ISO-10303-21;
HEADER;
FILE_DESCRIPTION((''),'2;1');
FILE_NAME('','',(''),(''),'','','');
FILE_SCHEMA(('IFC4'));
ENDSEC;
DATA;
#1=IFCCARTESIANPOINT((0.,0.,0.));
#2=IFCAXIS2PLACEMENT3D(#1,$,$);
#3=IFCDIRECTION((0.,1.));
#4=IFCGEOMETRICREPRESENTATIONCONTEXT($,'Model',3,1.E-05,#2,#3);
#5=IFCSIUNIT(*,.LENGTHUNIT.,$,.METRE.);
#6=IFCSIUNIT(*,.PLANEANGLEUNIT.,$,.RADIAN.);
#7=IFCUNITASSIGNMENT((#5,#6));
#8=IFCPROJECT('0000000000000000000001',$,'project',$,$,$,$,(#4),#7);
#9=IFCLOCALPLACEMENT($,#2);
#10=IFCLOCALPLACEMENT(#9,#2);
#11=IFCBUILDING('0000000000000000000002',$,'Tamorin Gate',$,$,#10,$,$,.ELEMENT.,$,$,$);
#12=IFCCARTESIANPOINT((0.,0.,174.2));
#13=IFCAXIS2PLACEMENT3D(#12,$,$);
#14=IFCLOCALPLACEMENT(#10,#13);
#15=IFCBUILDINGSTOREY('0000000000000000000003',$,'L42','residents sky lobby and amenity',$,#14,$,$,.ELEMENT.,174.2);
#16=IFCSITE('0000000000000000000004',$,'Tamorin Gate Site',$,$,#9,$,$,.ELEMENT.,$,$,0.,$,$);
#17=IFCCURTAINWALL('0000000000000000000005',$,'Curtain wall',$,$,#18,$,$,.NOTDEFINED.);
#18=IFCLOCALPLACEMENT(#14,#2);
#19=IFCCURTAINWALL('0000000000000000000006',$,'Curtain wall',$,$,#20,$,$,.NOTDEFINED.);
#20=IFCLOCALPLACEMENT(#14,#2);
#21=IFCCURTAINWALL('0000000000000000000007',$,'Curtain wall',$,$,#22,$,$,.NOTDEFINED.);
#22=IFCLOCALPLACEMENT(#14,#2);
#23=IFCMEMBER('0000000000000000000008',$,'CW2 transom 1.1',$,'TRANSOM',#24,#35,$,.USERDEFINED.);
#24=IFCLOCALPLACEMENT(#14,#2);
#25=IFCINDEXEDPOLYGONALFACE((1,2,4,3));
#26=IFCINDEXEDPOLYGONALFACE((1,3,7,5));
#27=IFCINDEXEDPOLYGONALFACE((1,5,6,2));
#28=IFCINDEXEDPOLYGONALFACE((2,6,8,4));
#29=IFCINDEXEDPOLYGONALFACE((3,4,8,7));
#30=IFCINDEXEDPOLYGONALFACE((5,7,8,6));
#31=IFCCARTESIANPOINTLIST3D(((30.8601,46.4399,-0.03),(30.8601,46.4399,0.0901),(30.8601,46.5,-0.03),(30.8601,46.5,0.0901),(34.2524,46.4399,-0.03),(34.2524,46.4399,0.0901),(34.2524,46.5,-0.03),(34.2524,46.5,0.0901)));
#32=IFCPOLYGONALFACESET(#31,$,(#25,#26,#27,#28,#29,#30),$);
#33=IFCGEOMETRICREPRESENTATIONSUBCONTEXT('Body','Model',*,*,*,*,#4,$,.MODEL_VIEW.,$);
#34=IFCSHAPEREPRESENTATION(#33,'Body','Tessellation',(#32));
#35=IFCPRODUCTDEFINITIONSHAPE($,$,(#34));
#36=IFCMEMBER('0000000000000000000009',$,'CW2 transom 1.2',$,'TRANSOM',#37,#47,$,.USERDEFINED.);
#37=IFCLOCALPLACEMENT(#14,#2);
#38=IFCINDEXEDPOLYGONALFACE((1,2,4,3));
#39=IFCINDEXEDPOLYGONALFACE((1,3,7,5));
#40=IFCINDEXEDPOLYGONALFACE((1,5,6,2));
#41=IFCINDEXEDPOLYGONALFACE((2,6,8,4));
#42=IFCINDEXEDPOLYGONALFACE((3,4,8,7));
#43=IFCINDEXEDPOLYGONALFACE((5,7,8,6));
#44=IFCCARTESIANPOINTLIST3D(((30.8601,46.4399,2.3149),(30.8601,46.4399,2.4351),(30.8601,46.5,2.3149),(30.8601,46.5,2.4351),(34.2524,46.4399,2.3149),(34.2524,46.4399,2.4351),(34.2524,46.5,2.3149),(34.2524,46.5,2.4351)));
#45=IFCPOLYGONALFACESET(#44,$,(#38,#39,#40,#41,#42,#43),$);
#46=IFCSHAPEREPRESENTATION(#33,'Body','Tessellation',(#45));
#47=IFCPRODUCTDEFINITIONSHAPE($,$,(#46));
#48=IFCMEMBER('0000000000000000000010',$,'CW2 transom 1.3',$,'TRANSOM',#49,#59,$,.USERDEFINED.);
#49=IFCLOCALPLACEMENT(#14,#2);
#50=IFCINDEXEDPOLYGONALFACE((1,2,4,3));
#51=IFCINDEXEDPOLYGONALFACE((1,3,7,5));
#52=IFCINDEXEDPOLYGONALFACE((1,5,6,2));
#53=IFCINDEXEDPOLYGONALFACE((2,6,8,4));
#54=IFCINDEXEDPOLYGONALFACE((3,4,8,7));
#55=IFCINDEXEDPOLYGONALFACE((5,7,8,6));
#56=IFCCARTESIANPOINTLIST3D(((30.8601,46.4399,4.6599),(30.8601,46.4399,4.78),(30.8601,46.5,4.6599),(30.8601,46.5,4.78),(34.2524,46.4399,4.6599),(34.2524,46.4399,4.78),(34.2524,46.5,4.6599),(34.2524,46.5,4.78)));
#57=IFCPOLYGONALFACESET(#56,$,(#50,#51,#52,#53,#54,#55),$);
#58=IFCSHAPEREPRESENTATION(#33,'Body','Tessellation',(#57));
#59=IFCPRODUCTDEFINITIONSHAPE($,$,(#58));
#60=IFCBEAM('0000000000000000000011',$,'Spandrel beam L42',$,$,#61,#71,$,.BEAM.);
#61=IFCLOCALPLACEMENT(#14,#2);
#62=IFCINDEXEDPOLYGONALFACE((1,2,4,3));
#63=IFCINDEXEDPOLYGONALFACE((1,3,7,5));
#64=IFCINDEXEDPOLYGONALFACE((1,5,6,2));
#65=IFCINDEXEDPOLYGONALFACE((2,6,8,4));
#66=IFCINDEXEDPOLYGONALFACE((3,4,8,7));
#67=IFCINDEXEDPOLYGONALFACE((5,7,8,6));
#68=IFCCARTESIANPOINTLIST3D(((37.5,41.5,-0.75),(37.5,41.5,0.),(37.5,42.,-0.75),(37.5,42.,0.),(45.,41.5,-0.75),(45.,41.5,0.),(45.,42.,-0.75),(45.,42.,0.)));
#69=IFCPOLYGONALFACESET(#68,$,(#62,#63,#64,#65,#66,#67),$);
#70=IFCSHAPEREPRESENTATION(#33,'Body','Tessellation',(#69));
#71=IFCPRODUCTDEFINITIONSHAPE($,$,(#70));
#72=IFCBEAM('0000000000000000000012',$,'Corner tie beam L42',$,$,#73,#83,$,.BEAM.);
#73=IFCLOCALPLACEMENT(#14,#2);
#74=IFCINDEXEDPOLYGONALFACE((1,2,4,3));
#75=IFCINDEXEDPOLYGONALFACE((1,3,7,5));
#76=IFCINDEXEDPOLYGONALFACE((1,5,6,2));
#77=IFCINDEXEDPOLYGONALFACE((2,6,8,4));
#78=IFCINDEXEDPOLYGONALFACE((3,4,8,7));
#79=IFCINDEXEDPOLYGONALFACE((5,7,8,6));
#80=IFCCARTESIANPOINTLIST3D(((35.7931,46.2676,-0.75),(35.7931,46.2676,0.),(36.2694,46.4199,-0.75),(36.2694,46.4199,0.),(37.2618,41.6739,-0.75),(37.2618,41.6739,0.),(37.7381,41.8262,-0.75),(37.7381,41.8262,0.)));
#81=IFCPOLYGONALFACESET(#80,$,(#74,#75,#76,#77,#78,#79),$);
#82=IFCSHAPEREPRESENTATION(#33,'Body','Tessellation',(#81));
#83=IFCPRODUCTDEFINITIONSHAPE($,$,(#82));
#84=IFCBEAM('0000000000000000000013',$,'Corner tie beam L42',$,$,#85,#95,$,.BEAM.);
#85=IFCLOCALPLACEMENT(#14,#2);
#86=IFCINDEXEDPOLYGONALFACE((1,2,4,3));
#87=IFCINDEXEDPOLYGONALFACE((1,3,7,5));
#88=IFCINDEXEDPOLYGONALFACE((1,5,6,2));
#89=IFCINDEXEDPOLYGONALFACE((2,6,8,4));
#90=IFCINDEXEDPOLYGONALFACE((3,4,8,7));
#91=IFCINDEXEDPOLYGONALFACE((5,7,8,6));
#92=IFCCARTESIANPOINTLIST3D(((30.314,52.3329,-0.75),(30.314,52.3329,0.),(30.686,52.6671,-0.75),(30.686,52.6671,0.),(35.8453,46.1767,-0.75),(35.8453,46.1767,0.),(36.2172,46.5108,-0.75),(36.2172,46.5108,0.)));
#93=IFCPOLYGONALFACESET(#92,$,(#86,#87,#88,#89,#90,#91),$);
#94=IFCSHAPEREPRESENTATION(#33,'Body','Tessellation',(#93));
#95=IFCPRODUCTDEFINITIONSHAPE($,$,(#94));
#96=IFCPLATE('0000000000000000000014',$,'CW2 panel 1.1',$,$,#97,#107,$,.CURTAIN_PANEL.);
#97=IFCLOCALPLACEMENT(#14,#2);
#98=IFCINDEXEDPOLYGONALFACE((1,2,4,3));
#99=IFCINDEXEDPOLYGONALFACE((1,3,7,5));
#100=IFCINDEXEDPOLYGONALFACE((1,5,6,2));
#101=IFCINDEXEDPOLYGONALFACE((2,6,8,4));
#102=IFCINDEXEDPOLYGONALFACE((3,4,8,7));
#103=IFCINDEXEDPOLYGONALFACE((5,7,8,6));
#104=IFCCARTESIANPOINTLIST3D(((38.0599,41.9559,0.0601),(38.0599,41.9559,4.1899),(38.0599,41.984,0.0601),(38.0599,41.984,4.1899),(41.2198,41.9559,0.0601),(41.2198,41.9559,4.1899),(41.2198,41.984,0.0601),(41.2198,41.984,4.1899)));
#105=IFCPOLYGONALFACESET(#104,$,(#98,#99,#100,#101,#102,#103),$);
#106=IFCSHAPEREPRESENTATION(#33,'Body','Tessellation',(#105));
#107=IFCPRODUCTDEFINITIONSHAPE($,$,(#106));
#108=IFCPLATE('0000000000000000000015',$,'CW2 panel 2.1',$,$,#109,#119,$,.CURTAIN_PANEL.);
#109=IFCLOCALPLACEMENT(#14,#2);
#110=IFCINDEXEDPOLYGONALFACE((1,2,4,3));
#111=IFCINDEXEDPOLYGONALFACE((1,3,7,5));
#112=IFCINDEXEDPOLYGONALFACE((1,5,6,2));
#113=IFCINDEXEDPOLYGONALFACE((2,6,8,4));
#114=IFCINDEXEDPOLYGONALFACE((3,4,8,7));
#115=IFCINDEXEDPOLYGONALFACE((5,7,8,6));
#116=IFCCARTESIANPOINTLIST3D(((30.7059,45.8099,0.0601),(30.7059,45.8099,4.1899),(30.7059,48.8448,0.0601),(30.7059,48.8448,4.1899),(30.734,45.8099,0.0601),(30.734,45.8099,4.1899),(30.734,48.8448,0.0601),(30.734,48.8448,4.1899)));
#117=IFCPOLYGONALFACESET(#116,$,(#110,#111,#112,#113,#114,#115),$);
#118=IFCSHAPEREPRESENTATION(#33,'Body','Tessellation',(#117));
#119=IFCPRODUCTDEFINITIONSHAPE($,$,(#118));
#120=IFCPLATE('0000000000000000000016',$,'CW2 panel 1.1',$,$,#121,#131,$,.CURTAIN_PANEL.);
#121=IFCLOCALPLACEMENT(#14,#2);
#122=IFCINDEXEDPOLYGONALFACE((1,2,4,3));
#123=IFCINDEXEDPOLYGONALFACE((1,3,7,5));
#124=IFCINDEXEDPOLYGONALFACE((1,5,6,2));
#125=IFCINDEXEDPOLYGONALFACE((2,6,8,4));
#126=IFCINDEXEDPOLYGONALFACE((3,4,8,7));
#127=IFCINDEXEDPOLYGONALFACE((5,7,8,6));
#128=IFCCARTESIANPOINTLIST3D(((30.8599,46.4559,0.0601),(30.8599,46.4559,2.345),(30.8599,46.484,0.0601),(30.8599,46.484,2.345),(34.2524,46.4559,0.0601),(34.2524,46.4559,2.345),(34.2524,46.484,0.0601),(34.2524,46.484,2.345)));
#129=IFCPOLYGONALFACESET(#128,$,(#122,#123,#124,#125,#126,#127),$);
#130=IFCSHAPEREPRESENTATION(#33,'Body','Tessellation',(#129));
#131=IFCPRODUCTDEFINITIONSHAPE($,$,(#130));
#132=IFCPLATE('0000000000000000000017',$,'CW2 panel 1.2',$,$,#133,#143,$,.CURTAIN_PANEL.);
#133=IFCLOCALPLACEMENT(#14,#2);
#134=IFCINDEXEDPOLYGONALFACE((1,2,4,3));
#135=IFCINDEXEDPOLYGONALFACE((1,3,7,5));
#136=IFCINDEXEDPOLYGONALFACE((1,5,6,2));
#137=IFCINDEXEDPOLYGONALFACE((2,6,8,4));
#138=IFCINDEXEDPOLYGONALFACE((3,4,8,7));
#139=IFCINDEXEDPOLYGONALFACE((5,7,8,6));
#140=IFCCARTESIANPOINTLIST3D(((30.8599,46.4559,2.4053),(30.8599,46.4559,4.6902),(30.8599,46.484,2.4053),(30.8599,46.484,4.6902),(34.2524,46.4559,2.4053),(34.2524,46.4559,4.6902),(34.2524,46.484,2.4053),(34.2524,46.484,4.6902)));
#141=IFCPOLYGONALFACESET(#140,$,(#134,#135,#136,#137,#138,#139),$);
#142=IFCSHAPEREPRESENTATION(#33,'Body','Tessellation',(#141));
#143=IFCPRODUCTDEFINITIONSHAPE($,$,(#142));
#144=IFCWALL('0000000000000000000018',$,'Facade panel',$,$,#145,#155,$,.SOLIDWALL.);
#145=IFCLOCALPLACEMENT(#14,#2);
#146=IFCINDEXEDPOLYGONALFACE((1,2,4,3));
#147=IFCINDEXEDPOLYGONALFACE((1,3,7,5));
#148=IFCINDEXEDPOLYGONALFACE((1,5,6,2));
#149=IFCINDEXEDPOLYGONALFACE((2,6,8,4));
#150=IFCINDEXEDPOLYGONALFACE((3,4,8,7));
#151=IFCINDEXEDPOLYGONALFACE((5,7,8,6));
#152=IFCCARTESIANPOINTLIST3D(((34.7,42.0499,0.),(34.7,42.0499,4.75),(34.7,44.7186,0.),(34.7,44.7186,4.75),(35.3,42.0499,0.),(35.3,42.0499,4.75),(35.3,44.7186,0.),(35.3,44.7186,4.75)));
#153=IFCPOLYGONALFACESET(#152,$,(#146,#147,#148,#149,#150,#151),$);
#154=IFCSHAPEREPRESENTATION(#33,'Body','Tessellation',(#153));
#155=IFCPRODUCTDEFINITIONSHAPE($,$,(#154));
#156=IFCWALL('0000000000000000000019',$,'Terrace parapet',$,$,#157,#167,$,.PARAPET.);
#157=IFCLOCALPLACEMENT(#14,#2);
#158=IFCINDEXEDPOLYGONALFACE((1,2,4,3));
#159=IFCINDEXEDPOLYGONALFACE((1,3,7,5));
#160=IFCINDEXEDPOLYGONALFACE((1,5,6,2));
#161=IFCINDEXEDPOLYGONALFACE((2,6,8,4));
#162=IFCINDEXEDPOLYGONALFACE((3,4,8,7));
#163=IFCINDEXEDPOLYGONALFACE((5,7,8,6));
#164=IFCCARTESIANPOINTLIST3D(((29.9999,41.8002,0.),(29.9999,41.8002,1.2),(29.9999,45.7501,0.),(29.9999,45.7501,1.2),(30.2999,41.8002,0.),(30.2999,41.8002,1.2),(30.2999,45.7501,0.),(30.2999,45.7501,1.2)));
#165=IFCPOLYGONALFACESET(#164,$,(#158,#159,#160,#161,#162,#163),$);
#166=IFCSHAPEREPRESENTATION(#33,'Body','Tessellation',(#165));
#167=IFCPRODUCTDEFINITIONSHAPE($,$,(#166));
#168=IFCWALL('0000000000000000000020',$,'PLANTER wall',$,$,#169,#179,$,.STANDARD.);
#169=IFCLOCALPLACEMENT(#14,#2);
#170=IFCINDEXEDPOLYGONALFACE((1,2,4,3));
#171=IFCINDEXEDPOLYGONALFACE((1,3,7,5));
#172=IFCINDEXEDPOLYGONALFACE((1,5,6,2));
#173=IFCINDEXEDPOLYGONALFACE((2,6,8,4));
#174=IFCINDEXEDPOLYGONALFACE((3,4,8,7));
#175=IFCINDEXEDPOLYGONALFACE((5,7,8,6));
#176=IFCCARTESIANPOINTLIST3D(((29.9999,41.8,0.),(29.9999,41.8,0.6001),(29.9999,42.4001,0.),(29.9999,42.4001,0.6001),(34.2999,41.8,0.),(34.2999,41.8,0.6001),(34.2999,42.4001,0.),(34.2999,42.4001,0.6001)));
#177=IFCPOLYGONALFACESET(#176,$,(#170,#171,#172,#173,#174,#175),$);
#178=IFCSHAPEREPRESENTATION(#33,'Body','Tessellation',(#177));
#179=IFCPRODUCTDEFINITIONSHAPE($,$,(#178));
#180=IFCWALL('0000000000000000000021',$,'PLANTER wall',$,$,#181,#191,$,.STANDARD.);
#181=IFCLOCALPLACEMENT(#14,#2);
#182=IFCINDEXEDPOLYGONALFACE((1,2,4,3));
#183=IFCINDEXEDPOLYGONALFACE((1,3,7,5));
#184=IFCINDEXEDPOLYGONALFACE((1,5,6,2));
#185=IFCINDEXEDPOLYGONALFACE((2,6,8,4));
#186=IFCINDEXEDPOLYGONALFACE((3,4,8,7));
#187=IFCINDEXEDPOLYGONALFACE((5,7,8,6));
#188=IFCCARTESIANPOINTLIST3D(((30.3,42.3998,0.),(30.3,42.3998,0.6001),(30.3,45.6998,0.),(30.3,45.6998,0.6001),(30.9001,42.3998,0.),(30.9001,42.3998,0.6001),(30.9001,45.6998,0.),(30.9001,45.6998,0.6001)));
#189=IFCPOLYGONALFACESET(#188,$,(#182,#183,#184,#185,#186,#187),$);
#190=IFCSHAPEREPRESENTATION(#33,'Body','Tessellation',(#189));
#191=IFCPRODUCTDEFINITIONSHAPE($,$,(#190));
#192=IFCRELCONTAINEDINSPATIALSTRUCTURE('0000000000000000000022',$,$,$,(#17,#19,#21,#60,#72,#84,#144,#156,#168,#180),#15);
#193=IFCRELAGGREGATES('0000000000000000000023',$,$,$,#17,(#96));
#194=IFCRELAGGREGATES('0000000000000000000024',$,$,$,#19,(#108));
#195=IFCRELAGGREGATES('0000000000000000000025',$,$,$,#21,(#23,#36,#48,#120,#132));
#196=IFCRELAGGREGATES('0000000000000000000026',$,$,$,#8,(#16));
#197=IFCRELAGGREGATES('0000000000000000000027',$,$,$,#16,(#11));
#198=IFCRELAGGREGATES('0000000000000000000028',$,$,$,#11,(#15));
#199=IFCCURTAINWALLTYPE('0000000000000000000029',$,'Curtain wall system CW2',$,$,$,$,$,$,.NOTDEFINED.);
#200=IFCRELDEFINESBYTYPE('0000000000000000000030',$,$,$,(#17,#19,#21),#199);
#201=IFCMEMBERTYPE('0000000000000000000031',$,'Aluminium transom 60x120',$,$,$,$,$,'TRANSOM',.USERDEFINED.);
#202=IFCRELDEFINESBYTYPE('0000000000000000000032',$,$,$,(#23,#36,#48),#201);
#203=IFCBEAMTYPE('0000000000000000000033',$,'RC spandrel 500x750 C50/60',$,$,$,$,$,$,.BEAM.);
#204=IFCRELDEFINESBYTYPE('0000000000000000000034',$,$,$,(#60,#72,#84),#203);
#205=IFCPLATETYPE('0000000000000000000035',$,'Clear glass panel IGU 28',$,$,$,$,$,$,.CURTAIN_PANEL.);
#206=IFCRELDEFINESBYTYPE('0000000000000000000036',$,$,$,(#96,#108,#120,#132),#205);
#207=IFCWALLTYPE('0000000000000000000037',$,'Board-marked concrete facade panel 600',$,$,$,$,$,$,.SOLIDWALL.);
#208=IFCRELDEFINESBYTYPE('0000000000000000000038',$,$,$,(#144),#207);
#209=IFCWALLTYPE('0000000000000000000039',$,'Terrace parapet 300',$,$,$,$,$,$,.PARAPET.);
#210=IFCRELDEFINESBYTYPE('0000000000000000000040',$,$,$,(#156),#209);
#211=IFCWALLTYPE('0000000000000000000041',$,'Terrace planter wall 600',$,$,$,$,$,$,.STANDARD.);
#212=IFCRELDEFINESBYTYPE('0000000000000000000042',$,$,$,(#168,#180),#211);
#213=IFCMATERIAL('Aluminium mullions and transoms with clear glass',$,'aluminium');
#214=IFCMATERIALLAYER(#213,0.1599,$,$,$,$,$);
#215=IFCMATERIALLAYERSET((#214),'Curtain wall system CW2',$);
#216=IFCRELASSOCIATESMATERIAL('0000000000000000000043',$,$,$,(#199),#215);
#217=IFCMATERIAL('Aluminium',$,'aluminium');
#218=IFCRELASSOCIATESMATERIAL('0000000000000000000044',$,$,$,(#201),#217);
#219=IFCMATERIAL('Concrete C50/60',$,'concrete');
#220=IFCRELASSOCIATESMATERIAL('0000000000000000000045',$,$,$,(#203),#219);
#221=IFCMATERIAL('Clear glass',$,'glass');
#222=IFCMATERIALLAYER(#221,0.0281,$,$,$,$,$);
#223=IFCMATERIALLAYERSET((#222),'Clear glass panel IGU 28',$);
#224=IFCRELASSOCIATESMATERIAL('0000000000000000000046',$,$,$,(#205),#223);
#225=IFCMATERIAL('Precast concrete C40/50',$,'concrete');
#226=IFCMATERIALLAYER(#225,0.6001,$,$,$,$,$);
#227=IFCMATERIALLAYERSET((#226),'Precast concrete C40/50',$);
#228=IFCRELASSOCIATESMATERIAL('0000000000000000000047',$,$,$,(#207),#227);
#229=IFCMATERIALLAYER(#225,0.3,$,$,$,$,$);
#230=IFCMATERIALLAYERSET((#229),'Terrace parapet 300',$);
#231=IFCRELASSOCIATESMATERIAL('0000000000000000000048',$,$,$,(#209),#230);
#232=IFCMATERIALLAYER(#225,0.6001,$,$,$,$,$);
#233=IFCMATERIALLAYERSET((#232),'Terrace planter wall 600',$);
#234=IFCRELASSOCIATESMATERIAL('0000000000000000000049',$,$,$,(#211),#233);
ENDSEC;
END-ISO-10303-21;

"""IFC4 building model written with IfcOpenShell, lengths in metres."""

from ifc_helpers import new_model, si_unit, direction, frame, frame_2d, origin, origin_2d, place, context, subcontext, project, spatial, rectangle, extrude, material, layer, layer_set, material_profile, profile_set, type_object, element, aggregate, save


model = new_model("IFC4")

# Units and contexts
model_context = context("Model", 3, precision=1e-05, world=origin(), true_north=direction((0.0, 1.0)))
body_context = subcontext(model_context, "Body", "Model", "MODEL_VIEW")
ifc_project = project(units=[si_unit("LENGTHUNIT", "METRE"), si_unit("PLANEANGLEUNIT", "RADIAN")], contexts=[model_context])

# Site, building, storey
site_placement = place(None, origin())
site = spatial("IfcSite", under=ifc_project, at=site_placement, Name="Tamorin Gate Site", CompositionType="ELEMENT", RefElevation=0.0)
building_placement = place(site_placement, origin())
building = spatial("IfcBuilding", under=site, at=building_placement, Name="Tamorin Gate", CompositionType="ELEMENT")
storey_placement = place(building_placement, frame((0.0, 0.0, 174.2)))
storey = spatial("IfcBuildingStorey", under=building, at=storey_placement, Name="L42", Description="residents sky lobby and amenity", CompositionType="ELEMENT", Elevation=174.2)

# Curtain walls
ifc_material_1 = material(Name="Aluminium mullions and transoms with clear glass", Category="aluminium")
ifc_layer_1 = layer(ifc_material_1, 0.1599)
ifc_layer_set_1 = layer_set([ifc_layer_1], Name="Curtain wall system CW2")
curtain_wall_type = type_object("IfcCurtainWallType", Name="Curtain wall system CW2", PredefinedType="NOTDEFINED", material=ifc_layer_set_1)
curtain_wall_1_placement = place(storey_placement, origin())
curtain_wall_1 = element("IfcCurtainWall", 1, at=curtain_wall_1_placement, inside=storey, type_object=curtain_wall_type, Name="Curtain wall", PredefinedType="NOTDEFINED")
ifc_material_2 = material(Name="Aluminium", Category="aluminium")
curtain_wall_2_placement = place(storey_placement, origin())
curtain_wall_2 = element("IfcCurtainWall", 2, at=curtain_wall_2_placement, inside=storey, type_object=curtain_wall_type, Name="Curtain wall", PredefinedType="NOTDEFINED")
curtain_wall_3_placement = place(storey_placement, origin())
curtain_wall_3 = element("IfcCurtainWall", 3, at=curtain_wall_3_placement, inside=storey, type_object=curtain_wall_type, Name="Curtain wall", PredefinedType="NOTDEFINED")

# Members
ifc_material_profile_1 = material_profile(ifc_material_2, rectangle(XDim=0.0601, YDim=0.1201, at=origin_2d()), Name="RECT 60x120")
ifc_profile_set_1 = profile_set([ifc_material_profile_1], Name="Aluminium")
member_type_1 = type_object("IfcMemberType", Name="Aluminium transom 60x120", ElementType="TRANSOM", PredefinedType="USERDEFINED", material=ifc_profile_set_1)
member_1_placement = place(storey_placement, frame((30.8601, 46.47, 0.03), z_axis=(1.0, 0.0, 0.0), x_axis=(0.0, 1.0, 0.0)))
member_1 = element("IfcMember", 4, at=member_1_placement, type_object=member_type_1, Name="CW2 transom 1.1", ObjectType="TRANSOM", PredefinedType="USERDEFINED", context=body_context, shape_type="SweptSolid", body=[
    extrude(rectangle(XDim=0.0601, YDim=0.1201, at=origin_2d()), origin(), (0.0, 0.0, 1.0), 3.3923),
])
member_2_placement = place(storey_placement, frame((30.8601, 46.47, 2.375), z_axis=(1.0, 0.0, 0.0), x_axis=(0.0, 1.0, 0.0)))
member_2 = element("IfcMember", 5, at=member_2_placement, type_object=member_type_1, Name="CW2 transom 1.2", ObjectType="TRANSOM", PredefinedType="USERDEFINED", context=body_context, shape_type="SweptSolid", body=[
    extrude(rectangle(XDim=0.0601, YDim=0.1201, at=origin_2d()), origin(), (0.0, 0.0, 1.0), 3.3923),
])
member_3_placement = place(storey_placement, frame((30.8601, 46.47, 4.72), z_axis=(1.0, 0.0, 0.0), x_axis=(0.0, 1.0, 0.0)))
member_3 = element("IfcMember", 6, at=member_3_placement, type_object=member_type_1, Name="CW2 transom 1.3", ObjectType="TRANSOM", PredefinedType="USERDEFINED", context=body_context, shape_type="SweptSolid", body=[
    extrude(rectangle(XDim=0.0601, YDim=0.1201, at=origin_2d()), origin(), (0.0, 0.0, 1.0), 3.3923),
])

# Beams
ifc_material_3 = material(Name="Concrete C50/60", Category="concrete")
ifc_material_profile_2 = material_profile(ifc_material_3, rectangle(XDim=0.5, YDim=0.75, at=origin_2d()), Name="RC 500x750")
ifc_profile_set_2 = profile_set([ifc_material_profile_2], Name="Concrete C50/60")
beam_type = type_object("IfcBeamType", Name="RC spandrel 500x750 C50/60", PredefinedType="BEAM", material=ifc_profile_set_2)
beam_1_placement = place(storey_placement, frame((37.5, 41.75, -0.375), z_axis=(1.0, 0.0, 0.0), x_axis=(0.0, 1.0, 0.0)))
element("IfcBeam", 7, at=beam_1_placement, inside=storey, type_object=beam_type, Name="Spandrel beam L42", PredefinedType="BEAM", context=body_context, shape_type="SweptSolid", body=[
    extrude(rectangle(XDim=0.5, YDim=0.75, at=origin_2d()), origin(), (0.0, 0.0, 1.0), 7.5),
])
beam_2_placement = place(storey_placement, frame((36.0312, 46.3438, -0.375), z_axis=(0.304541, -0.952499, 0.0), x_axis=(0.952499, 0.304541, 0.0)))
element("IfcBeam", 8, at=beam_2_placement, inside=storey, type_object=beam_type, Name="Corner tie beam L42", PredefinedType="BEAM", context=body_context, shape_type="SweptSolid", body=[
    extrude(rectangle(XDim=0.5, YDim=0.75, at=origin_2d()), origin(), (0.0, 0.0, 1.0), 4.8228),
])
beam_3_placement = place(storey_placement, frame((36.0312, 46.3438, -0.375), z_axis=(-0.668339, 0.743857, 0.0), x_axis=(-0.743857, -0.668339, 0.0)))
element("IfcBeam", 9, at=beam_3_placement, inside=storey, type_object=beam_type, Name="Corner tie beam L42", PredefinedType="BEAM", context=body_context, shape_type="SweptSolid", body=[
    extrude(rectangle(XDim=0.5, YDim=0.75, at=origin_2d()), origin(), (0.0, 0.0, 1.0), 8.2761),
])

# Plates
ifc_material_4 = material(Name="Clear glass", Category="glass")
ifc_layer_2 = layer(ifc_material_4, 0.0281)
ifc_layer_set_2 = layer_set([ifc_layer_2], Name="Clear glass panel IGU 28")
plate_type = type_object("IfcPlateType", Name="Clear glass panel IGU 28", PredefinedType="CURTAIN_PANEL", material=ifc_layer_set_2)
plate_1_placement = place(storey_placement, frame((39.6399, 41.97, 0.0601), z_axis=(0.0, 0.0, 1.0), x_axis=(1.0, 0.0, 0.0)))
plate_1 = element("IfcPlate", 10, at=plate_1_placement, type_object=plate_type, Name="CW2 panel 1.1", PredefinedType="CURTAIN_PANEL", context=body_context, shape_type="SweptSolid", body=[
    extrude(rectangle(XDim=3.1599, YDim=0.0281, at=origin_2d()), origin(), (0.0, 0.0, 1.0), 4.1299),
])
aggregate(curtain_wall_1, [plate_1])
plate_2_placement = place(storey_placement, frame((30.72, 47.3274, 0.0601), z_axis=(0.0, 0.0, 1.0), x_axis=(0.0, -1.0, 0.0)))
plate_2 = element("IfcPlate", 11, at=plate_2_placement, type_object=plate_type, Name="CW2 panel 2.1", PredefinedType="CURTAIN_PANEL", context=body_context, shape_type="SweptSolid", body=[
    extrude(rectangle(XDim=3.0349, YDim=0.0281, at=origin_2d()), origin(), (0.0, 0.0, 1.0), 4.1299),
])
aggregate(curtain_wall_2, [plate_2])
plate_3_placement = place(storey_placement, frame((32.5562, 46.47, 0.0601), z_axis=(0.0, 0.0, 1.0), x_axis=(1.0, 0.0, 0.0)))
plate_3 = element("IfcPlate", 12, at=plate_3_placement, type_object=plate_type, Name="CW2 panel 1.1", PredefinedType="CURTAIN_PANEL", context=body_context, shape_type="SweptSolid", body=[
    extrude(rectangle(XDim=3.3926, YDim=0.0281, at=origin_2d()), origin(), (0.0, 0.0, 1.0), 2.2849),
])
plate_4_placement = place(storey_placement, frame((32.5562, 46.47, 2.4053), z_axis=(0.0, 0.0, 1.0), x_axis=(1.0, 0.0, 0.0)))
plate_4 = element("IfcPlate", 13, at=plate_4_placement, type_object=plate_type, Name="CW2 panel 1.2", PredefinedType="CURTAIN_PANEL", context=body_context, shape_type="SweptSolid", body=[
    extrude(rectangle(XDim=3.3926, YDim=0.0281, at=origin_2d()), origin(), (0.0, 0.0, 1.0), 2.2849),
])
aggregate(curtain_wall_3, [member_1, member_2, member_3, plate_3, plate_4])

# Walls
ifc_material_5 = material(Name="Precast concrete C40/50", Category="concrete")
ifc_layer_3 = layer(ifc_material_5, 0.6001)
ifc_layer_set_3 = layer_set([ifc_layer_3], Name="Precast concrete C40/50")
wall_type_1 = type_object("IfcWallType", Name="Board-marked concrete facade panel 600", PredefinedType="SOLIDWALL", material=ifc_layer_set_3)
wall_1_placement = place(storey_placement, frame((35.0, 44.7188, 0.0), z_axis=(0.0, 0.0, 1.0), x_axis=(0.0, -1.0, 0.0)))
element("IfcWall", 14, at=wall_1_placement, inside=storey, type_object=wall_type_1, Name="Facade panel", PredefinedType="SOLIDWALL", context=body_context, shape_type="SweptSolid", body=[
    extrude(rectangle(XDim=2.6687, YDim=0.6001, at=frame_2d((1.3345, 0.0))), origin(), (0.0, 0.0, 1.0), 4.75),
])
ifc_layer_4 = layer(ifc_material_5, 0.3)
ifc_layer_set_4 = layer_set([ifc_layer_4], Name="Terrace parapet 300")
wall_type_2 = type_object("IfcWallType", Name="Terrace parapet 300", PredefinedType="PARAPET", material=ifc_layer_set_4)
wall_2_placement = place(storey_placement, frame((30.1499, 41.8, 0.0), z_axis=(0.0, 0.0, 1.0), x_axis=(0.0, 1.0, 0.0)))
element("IfcWall", 15, at=wall_2_placement, inside=storey, type_object=wall_type_2, Name="Terrace parapet", PredefinedType="PARAPET", context=body_context, shape_type="SweptSolid", body=[
    extrude(rectangle(XDim=3.95, YDim=0.3, at=frame_2d((1.9751, 0.0))), origin(), (0.0, 0.0, 1.0), 1.2),
])
ifc_layer_5 = layer(ifc_material_5, 0.6001)
ifc_layer_set_5 = layer_set([ifc_layer_5], Name="Terrace planter wall 600")
wall_type_3 = type_object("IfcWallType", Name="Terrace planter wall 600", PredefinedType="STANDARD", material=ifc_layer_set_5)
wall_3_placement = place(storey_placement, frame((30.0, 42.1001, 0.0), z_axis=(0.0, 0.0, 1.0), x_axis=(1.0, 0.0, 0.0)))
element("IfcWall", 16, at=wall_3_placement, inside=storey, type_object=wall_type_3, Name="PLANTER wall", PredefinedType="STANDARD", context=body_context, shape_type="SweptSolid", body=[
    extrude(rectangle(XDim=4.3, YDim=0.6001, at=frame_2d((2.1499, 0.0))), origin(), (0.0, 0.0, 1.0), 0.6001),
])
wall_4_placement = place(storey_placement, frame((30.6001, 42.3999, 0.0), z_axis=(0.0, 0.0, 1.0), x_axis=(0.0, 1.0, 0.0)))
element("IfcWall", 17, at=wall_4_placement, inside=storey, type_object=wall_type_3, Name="PLANTER wall", PredefinedType="STANDARD", context=body_context, shape_type="SweptSolid", body=[
    extrude(rectangle(XDim=3.3, YDim=0.6001, at=frame_2d((1.6499, 0.0))), origin(), (0.0, 0.0, 1.0), 0.6001),
])

save(model, "model.ifc")
